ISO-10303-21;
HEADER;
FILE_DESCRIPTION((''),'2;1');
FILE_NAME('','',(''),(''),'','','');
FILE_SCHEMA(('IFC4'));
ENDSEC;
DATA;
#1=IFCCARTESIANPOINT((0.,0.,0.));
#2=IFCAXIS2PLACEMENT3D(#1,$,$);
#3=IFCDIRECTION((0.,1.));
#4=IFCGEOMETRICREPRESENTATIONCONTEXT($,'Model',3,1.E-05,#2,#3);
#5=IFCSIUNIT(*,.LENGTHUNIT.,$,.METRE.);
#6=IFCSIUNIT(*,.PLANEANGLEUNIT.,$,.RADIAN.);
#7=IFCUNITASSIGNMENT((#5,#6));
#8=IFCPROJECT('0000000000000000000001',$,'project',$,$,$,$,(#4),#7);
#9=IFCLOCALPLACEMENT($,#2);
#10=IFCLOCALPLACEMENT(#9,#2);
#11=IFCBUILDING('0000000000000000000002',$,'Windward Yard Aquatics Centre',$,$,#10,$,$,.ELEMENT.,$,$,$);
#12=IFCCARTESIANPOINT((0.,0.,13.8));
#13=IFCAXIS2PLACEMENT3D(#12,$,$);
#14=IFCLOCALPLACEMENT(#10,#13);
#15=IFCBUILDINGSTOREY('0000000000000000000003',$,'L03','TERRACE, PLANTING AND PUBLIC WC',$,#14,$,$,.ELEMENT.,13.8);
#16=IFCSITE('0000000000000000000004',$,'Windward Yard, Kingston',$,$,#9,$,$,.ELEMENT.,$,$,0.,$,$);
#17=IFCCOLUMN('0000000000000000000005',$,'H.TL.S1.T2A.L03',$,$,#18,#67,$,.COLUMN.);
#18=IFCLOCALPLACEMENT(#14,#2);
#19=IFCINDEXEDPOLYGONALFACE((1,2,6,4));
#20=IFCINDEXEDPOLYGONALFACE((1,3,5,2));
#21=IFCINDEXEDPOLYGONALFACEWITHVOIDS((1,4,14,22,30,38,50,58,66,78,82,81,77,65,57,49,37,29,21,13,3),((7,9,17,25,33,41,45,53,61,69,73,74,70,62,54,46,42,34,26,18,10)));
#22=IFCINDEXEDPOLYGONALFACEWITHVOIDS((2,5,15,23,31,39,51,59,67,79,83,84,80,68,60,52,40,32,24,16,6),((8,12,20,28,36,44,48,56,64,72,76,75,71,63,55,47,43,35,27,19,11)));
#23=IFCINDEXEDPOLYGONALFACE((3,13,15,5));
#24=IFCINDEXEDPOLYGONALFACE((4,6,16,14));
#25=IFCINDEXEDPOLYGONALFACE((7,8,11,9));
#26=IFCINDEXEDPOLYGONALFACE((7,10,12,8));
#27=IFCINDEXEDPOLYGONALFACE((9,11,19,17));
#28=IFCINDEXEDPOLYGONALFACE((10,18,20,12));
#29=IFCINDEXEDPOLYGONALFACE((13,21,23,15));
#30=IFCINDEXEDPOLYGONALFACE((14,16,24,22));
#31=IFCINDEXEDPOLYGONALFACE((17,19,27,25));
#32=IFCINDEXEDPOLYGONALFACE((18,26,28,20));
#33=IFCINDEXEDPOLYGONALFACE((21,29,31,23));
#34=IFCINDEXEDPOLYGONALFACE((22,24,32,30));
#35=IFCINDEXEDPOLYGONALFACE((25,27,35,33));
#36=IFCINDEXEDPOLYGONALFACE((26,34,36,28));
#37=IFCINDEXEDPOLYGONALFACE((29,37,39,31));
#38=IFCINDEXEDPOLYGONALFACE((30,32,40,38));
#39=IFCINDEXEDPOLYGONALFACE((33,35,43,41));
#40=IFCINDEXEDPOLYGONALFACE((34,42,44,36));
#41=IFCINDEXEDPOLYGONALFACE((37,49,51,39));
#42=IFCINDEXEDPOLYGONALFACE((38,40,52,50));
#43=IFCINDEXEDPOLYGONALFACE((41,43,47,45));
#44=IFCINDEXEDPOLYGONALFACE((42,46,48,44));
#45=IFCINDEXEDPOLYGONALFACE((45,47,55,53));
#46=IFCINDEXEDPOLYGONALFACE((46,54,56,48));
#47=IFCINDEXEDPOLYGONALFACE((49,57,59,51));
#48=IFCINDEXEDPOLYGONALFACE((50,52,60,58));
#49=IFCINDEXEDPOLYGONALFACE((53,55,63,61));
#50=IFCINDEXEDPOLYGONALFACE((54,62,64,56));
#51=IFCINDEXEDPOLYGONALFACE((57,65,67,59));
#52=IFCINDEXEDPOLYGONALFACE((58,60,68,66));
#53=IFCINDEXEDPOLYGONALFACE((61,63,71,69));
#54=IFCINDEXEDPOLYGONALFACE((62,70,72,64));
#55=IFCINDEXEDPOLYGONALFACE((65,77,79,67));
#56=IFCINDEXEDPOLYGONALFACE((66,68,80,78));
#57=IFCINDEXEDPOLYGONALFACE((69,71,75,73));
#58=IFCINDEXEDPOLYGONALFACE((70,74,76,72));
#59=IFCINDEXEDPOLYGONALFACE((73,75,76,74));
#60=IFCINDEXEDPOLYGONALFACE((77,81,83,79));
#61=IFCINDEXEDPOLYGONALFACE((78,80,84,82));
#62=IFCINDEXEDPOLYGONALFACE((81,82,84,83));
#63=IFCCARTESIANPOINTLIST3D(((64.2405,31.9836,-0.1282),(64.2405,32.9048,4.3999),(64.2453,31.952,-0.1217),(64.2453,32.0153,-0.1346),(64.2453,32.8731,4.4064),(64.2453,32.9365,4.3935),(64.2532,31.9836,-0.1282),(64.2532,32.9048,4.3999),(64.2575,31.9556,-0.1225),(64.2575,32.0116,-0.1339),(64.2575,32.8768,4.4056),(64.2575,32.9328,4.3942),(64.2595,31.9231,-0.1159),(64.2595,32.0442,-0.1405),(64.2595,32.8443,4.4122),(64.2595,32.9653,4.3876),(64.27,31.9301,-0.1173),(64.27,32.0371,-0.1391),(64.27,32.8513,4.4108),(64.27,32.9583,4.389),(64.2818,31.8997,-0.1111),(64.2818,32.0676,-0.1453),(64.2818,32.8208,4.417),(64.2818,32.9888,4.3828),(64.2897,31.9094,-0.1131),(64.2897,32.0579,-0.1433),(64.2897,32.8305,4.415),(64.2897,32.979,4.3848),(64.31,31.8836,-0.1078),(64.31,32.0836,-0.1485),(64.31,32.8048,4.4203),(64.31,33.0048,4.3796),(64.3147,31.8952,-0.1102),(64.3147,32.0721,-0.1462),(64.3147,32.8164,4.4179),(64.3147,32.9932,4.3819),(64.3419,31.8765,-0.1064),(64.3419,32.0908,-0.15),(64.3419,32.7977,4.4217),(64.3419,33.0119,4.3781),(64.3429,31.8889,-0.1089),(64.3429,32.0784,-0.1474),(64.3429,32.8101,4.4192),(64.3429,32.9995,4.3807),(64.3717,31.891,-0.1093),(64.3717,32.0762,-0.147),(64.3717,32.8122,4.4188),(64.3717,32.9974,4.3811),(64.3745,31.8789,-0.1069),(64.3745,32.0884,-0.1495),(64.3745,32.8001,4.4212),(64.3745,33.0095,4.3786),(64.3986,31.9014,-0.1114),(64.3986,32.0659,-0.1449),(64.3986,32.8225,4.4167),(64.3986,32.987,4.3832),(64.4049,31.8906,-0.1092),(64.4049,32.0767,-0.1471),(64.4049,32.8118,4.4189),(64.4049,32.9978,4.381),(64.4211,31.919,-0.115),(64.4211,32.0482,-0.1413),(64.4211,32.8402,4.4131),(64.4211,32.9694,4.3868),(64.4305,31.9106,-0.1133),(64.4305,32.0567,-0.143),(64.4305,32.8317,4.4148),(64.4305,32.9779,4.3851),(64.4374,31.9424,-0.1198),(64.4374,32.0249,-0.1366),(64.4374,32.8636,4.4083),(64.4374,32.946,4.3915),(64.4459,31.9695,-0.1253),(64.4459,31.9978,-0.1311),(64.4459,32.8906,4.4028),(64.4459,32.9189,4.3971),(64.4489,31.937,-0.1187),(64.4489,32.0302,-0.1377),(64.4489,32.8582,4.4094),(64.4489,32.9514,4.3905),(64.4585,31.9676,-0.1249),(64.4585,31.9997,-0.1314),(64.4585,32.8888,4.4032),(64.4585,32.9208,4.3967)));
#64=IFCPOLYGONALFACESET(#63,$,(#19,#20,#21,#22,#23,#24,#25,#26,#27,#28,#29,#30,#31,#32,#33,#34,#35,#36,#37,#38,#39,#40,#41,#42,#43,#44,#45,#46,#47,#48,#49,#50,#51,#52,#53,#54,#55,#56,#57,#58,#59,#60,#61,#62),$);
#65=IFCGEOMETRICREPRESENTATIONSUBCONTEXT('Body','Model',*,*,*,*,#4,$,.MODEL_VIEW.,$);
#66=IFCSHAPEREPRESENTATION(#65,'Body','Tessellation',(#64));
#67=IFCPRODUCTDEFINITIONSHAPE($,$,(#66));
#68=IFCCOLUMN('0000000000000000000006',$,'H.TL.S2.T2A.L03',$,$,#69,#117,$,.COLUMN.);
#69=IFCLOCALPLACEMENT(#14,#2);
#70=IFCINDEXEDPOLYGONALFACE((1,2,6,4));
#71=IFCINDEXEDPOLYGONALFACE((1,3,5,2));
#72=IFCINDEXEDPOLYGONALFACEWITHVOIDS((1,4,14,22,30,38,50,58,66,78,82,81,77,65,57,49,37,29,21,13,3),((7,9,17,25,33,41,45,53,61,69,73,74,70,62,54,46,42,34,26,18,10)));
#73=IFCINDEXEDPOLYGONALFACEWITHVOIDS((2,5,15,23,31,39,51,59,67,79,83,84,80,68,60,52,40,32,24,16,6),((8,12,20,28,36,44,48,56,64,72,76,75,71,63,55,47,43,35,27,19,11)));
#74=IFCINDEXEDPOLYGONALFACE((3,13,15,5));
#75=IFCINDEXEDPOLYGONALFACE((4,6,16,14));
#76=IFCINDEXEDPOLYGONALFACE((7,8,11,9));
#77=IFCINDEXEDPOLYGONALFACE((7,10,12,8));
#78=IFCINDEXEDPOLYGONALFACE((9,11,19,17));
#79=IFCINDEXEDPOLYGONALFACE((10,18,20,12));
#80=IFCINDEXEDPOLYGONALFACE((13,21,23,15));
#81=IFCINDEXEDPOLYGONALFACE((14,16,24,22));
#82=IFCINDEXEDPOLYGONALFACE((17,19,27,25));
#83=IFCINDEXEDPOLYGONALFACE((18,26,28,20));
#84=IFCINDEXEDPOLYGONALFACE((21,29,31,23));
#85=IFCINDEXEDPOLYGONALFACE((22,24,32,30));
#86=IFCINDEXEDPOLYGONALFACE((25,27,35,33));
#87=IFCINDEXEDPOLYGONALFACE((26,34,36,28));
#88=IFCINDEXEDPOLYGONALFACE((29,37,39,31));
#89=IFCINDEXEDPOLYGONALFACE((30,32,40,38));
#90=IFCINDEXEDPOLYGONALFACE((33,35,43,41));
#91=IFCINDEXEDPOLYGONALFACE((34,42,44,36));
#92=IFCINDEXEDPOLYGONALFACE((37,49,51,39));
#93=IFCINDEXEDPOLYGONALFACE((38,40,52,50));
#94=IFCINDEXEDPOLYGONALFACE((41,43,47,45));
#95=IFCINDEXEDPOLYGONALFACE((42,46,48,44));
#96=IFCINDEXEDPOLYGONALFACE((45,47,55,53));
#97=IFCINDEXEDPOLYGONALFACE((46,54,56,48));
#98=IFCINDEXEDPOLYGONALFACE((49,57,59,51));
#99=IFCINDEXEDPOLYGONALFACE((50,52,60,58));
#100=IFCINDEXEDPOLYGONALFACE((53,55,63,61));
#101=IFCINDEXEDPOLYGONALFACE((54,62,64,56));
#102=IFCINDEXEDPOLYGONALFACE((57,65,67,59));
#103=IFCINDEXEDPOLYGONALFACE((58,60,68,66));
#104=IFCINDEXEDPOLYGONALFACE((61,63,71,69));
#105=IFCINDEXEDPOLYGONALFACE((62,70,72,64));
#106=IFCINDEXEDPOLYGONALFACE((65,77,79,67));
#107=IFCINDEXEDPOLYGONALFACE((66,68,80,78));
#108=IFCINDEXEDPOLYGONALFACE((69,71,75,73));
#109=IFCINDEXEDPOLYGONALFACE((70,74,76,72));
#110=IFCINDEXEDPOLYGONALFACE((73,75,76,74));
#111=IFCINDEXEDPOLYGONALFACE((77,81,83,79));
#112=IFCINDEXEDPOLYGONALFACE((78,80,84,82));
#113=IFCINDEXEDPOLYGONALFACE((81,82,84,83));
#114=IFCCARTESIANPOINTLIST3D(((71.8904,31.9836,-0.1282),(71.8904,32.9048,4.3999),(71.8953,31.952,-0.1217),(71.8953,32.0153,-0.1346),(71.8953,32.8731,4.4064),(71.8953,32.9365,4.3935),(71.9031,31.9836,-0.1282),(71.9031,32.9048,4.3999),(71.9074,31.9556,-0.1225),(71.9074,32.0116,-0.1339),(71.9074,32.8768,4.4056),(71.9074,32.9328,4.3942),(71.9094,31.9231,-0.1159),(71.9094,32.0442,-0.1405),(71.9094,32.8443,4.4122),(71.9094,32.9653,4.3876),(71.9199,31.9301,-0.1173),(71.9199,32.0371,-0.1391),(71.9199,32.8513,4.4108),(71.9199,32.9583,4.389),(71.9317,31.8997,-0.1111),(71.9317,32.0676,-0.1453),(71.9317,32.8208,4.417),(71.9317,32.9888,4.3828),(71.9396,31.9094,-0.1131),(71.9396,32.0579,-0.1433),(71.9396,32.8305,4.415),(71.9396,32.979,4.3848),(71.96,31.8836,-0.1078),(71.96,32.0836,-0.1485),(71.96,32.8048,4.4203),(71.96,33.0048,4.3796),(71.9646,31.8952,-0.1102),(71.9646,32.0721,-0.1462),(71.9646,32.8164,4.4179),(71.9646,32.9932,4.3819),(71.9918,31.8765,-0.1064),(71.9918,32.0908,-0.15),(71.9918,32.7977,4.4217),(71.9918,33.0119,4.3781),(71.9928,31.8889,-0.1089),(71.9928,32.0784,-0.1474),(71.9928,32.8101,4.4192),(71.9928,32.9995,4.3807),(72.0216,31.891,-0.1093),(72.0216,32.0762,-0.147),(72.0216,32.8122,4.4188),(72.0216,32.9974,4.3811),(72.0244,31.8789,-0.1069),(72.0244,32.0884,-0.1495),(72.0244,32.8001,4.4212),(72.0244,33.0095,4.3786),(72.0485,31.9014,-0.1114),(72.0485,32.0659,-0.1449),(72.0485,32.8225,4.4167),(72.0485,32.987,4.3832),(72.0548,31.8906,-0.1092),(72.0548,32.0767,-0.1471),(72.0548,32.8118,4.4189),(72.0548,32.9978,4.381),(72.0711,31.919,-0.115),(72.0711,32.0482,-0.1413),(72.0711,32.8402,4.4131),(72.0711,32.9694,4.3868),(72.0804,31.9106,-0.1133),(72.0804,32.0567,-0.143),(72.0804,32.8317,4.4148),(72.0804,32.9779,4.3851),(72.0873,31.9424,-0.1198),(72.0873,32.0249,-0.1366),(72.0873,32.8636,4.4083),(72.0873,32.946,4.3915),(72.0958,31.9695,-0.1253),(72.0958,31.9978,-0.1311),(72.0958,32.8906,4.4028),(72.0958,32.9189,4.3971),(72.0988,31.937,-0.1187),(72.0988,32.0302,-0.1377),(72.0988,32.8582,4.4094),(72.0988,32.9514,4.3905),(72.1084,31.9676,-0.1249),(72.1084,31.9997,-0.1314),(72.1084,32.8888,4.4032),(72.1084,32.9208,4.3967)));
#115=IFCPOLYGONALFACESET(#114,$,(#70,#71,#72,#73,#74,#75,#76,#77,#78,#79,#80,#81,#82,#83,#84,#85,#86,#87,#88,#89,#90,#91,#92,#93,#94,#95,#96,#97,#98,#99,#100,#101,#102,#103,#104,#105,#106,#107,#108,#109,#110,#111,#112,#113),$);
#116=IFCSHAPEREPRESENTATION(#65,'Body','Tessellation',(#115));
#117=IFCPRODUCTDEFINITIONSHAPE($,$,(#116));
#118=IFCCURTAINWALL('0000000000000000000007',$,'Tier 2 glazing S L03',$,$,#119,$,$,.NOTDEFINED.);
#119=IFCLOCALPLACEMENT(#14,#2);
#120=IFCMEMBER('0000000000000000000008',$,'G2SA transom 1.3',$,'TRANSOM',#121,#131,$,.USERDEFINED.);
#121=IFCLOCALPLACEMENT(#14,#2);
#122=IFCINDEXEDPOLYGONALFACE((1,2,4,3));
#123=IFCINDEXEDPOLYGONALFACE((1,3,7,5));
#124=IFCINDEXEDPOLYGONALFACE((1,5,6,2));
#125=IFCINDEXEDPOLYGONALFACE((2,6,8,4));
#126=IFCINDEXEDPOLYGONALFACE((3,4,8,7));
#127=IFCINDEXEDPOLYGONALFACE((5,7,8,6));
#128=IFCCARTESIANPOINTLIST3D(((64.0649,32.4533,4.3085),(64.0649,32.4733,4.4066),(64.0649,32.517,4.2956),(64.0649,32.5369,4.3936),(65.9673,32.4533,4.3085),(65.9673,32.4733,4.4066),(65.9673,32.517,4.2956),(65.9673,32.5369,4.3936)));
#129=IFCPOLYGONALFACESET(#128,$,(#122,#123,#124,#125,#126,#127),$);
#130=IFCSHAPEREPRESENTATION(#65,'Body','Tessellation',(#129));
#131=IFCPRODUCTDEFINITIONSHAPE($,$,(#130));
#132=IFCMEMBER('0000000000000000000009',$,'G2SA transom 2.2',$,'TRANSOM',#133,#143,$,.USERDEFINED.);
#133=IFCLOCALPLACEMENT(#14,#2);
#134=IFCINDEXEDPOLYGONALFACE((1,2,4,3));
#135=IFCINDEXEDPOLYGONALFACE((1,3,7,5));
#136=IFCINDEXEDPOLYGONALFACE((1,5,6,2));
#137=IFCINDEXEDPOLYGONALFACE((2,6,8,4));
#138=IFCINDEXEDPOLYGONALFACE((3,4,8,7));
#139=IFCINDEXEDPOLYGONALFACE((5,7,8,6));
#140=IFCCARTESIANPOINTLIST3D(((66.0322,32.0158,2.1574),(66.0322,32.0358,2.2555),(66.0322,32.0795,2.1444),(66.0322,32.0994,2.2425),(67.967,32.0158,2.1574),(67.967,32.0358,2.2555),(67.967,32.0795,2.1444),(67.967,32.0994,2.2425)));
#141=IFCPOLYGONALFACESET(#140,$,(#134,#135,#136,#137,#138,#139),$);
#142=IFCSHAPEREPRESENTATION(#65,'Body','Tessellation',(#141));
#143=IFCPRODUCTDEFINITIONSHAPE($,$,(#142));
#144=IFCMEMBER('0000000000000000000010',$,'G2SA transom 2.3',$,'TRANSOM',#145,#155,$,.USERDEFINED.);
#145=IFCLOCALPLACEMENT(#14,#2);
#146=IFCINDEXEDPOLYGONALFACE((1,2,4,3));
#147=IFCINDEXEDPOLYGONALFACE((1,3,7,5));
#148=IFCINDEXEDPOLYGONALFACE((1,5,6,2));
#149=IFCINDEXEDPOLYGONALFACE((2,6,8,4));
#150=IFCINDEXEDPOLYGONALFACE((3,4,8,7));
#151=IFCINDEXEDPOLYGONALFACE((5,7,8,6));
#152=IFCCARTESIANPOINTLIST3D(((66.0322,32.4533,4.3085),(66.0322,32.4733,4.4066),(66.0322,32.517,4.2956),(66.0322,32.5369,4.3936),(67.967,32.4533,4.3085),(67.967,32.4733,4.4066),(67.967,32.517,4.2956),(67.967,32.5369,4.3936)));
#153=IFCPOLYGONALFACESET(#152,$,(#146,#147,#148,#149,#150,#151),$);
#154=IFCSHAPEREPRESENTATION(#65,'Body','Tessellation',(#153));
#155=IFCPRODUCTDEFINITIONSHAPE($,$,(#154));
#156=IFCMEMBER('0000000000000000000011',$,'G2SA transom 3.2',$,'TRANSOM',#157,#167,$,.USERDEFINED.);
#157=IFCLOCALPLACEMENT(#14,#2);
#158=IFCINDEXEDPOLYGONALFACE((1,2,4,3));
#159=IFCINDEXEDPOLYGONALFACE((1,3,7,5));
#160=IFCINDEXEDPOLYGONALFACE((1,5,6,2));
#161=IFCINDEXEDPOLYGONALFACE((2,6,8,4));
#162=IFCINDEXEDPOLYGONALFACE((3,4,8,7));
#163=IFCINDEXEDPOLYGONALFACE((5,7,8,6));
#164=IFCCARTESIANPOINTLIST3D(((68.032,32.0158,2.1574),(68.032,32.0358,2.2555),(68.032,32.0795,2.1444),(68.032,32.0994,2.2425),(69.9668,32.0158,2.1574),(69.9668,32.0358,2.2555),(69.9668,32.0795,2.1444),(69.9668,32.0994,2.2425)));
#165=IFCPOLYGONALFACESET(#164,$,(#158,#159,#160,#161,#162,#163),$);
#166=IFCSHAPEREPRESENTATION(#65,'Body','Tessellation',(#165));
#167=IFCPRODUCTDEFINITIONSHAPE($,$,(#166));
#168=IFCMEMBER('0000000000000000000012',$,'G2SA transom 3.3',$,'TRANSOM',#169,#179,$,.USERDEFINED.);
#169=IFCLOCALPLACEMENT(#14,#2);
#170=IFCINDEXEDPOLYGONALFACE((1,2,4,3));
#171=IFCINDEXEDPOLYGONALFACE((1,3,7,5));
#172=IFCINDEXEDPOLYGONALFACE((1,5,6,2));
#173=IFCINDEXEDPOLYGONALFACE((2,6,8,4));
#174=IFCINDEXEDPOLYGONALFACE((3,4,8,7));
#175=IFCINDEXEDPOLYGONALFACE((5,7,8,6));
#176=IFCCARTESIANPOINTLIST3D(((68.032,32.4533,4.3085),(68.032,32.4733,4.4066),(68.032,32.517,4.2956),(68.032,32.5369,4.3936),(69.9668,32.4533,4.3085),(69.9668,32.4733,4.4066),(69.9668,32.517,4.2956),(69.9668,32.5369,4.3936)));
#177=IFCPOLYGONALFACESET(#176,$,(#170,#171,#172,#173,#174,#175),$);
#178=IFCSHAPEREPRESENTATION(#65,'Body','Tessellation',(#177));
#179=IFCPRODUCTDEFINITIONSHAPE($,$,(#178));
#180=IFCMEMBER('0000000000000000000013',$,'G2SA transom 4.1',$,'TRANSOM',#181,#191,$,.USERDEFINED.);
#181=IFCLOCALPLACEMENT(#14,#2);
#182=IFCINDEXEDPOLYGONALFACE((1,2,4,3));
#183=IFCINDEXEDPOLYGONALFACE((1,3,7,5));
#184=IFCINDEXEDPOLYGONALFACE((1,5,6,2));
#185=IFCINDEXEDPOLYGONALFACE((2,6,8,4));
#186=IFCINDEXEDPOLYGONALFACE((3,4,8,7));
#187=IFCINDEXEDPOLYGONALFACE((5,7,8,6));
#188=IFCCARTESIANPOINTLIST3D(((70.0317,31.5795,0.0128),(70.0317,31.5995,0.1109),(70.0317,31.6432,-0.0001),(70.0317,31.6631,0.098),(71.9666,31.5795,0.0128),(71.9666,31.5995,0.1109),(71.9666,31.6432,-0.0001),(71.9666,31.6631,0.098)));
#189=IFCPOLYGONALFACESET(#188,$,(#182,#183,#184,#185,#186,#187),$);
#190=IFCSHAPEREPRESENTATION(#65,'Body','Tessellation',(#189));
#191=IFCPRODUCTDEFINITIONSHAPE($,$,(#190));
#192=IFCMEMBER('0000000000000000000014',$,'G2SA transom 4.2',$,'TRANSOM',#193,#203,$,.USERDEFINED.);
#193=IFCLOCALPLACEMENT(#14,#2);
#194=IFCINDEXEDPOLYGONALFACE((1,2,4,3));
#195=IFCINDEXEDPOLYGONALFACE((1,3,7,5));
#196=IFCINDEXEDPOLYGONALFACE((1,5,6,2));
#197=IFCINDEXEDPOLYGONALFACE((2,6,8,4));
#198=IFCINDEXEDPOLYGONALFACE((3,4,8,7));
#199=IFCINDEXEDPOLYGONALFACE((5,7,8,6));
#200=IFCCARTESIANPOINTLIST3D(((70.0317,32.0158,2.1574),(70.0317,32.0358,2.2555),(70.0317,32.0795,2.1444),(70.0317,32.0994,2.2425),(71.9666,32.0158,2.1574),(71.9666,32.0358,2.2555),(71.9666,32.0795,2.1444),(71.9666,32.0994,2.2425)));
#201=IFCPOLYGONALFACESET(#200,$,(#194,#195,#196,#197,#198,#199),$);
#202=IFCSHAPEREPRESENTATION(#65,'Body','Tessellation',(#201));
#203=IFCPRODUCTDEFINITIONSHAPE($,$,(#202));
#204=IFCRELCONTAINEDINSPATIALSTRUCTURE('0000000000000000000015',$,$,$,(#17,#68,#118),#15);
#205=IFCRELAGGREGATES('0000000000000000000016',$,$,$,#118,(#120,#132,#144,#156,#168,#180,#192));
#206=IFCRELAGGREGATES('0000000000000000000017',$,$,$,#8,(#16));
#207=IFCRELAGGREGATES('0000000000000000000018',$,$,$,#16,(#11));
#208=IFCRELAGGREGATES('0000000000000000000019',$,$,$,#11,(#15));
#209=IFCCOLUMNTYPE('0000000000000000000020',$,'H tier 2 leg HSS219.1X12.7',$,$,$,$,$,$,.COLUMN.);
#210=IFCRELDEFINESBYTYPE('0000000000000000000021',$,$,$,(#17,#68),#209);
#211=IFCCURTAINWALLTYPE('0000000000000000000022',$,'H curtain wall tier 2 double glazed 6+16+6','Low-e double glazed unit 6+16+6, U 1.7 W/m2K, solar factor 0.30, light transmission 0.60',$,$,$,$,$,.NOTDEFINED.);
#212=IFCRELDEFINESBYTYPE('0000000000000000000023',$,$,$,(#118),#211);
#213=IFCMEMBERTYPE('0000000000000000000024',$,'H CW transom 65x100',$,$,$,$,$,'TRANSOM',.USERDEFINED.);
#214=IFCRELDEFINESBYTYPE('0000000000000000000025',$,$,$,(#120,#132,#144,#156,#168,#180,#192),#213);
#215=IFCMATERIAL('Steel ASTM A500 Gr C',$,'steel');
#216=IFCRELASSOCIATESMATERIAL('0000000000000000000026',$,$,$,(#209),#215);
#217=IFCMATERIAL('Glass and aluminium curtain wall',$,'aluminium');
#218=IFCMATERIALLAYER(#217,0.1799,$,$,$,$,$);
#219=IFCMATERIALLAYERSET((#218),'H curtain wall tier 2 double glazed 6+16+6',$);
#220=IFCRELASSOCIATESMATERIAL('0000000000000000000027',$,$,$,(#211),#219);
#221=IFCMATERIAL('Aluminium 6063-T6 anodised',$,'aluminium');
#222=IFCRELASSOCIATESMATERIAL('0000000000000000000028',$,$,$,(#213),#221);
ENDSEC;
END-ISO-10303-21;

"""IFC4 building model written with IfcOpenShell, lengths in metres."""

from ifc_helpers import new_model, si_unit, direction, frame, origin, origin_2d, place, context, subcontext, project, spatial, rectangle, hollow_circle, extrude, material, layer, layer_set, material_profile, profile_set, type_object, element, aggregate, save


model = new_model("IFC4")

# Units and contexts
model_context = context("Model", 3, precision=1e-05, world=origin(), true_north=direction((0.0, 1.0)))
body_context = subcontext(model_context, "Body", "Model", "MODEL_VIEW")
ifc_project = project(units=[si_unit("LENGTHUNIT", "METRE"), si_unit("PLANEANGLEUNIT", "RADIAN")], contexts=[model_context])

# Site, building, storey
site_placement = place(None, origin())
site = spatial("IfcSite", under=ifc_project, at=site_placement, Name="Windward Yard, Kingston", CompositionType="ELEMENT", RefElevation=0.0)
building_placement = place(site_placement, origin())
building = spatial("IfcBuilding", under=site, at=building_placement, Name="Windward Yard Aquatics Centre", CompositionType="ELEMENT")
storey_placement = place(building_placement, frame((0.0, 0.0, 13.8)))
storey = spatial("IfcBuildingStorey", under=building, at=storey_placement, Name="L03", Description="TERRACE, PLANTING AND PUBLIC WC", CompositionType="ELEMENT", Elevation=13.8)

# Columns
ifc_material_1 = material(Name="Steel ASTM A500 Gr C", Category="steel")
ifc_material_profile_1 = material_profile(ifc_material_1, hollow_circle(Radius=0.1096, WallThickness=0.0127, at=origin_2d()), Name="HSS219.1X12.7")
ifc_profile_set_1 = profile_set([ifc_material_profile_1], Name="Steel ASTM A500 Gr C")
column_type = type_object("IfcColumnType", Name="H tier 2 leg HSS219.1X12.7", PredefinedType="COLUMN", material=ifc_profile_set_1)
for number, where, z_axis, x_axis, name in (
    (1, (64.3501, 31.9836, -0.1282), (0.0, 0.199346, 0.979929), (-1.0, 0.0, 0.0), "H.TL.S1.T2A.L03"),
    (2, (72.0, 31.9836, -0.1282), (0.0, 0.199346, 0.979929), (-1.0, 0.0, 0.0), "H.TL.S2.T2A.L03"),
):
    element("IfcColumn", number, at=place(storey_placement, frame(where, z_axis=z_axis, x_axis=x_axis)), inside=storey, type_object=column_type, Name=name, PredefinedType="COLUMN", context=body_context, shape_type="SweptSolid", body=[
        extrude(hollow_circle(Radius=0.1096, WallThickness=0.0127, at=origin_2d()), origin(), (0.0, 0.0, 1.0), 4.6208),
    ])

# Curtain wall, members
ifc_material_2 = material(Name="Glass and aluminium curtain wall", Category="aluminium")
ifc_layer_1 = layer(ifc_material_2, 0.1799)
ifc_layer_set_1 = layer_set([ifc_layer_1], Name="H curtain wall tier 2 double glazed 6+16+6")
curtain_wall_type = type_object("IfcCurtainWallType", Name="H curtain wall tier 2 double glazed 6+16+6", Description="Low-e double glazed unit 6+16+6, U 1.7 W/m2K, solar factor 0.30, light transmission 0.60", PredefinedType="NOTDEFINED", material=ifc_layer_set_1)
curtain_wall_placement = place(storey_placement, origin())
curtain_wall = element("IfcCurtainWall", 3, at=curtain_wall_placement, inside=storey, type_object=curtain_wall_type, Name="Tier 2 glazing S L03", PredefinedType="NOTDEFINED")
ifc_material_3 = material(Name="Aluminium 6063-T6 anodised", Category="aluminium")
ifc_material_profile_2 = material_profile(ifc_material_3, rectangle(XDim=0.0649, YDim=0.1001, at=origin_2d()), Name="H CW transom 65x100")
ifc_profile_set_2 = profile_set([ifc_material_profile_2], Name="Aluminium 6063-T6 anodised")
member_type = type_object("IfcMemberType", Name="H CW transom 65x100", ElementType="TRANSOM", PredefinedType="USERDEFINED", material=ifc_profile_set_2)
member_1_placement = place(storey_placement, frame((64.0649, 32.4951, 4.3511), z_axis=(1.0, 0.0, 0.0), x_axis=(0.0, -0.979925, 0.199368)))
member_1 = element("IfcMember", 4, at=member_1_placement, type_object=member_type, Name="G2SA transom 1.3", ObjectType="TRANSOM", PredefinedType="USERDEFINED", context=body_context, shape_type="SweptSolid", body=[
    extrude(rectangle(XDim=0.0649, YDim=0.1001, at=origin_2d()), origin(), (0.0, 0.0, 1.0), 1.9023),
])
member_2_placement = place(storey_placement, frame((66.0322, 32.0576, 2.2), z_axis=(1.0, 0.0, 0.0), x_axis=(0.0, -0.979925, 0.199368)))
member_2 = element("IfcMember", 5, at=member_2_placement, type_object=member_type, Name="G2SA transom 2.2", ObjectType="TRANSOM", PredefinedType="USERDEFINED", context=body_context, shape_type="SweptSolid", body=[
    extrude(rectangle(XDim=0.0649, YDim=0.1001, at=origin_2d()), origin(), (0.0, 0.0, 1.0), 1.9348),
])
member_3_placement = place(storey_placement, frame((66.0322, 32.4951, 4.3511), z_axis=(1.0, 0.0, 0.0), x_axis=(0.0, -0.979925, 0.199368)))
member_3 = element("IfcMember", 6, at=member_3_placement, type_object=member_type, Name="G2SA transom 2.3", ObjectType="TRANSOM", PredefinedType="USERDEFINED", context=body_context, shape_type="SweptSolid", body=[
    extrude(rectangle(XDim=0.0649, YDim=0.1001, at=origin_2d()), origin(), (0.0, 0.0, 1.0), 1.9348),
])
member_4_placement = place(storey_placement, frame((68.032, 32.0576, 2.2), z_axis=(1.0, 0.0, 0.0), x_axis=(0.0, -0.979925, 0.199368)))
member_4 = element("IfcMember", 7, at=member_4_placement, type_object=member_type, Name="G2SA transom 3.2", ObjectType="TRANSOM", PredefinedType="USERDEFINED", context=body_context, shape_type="SweptSolid", body=[
    extrude(rectangle(XDim=0.0649, YDim=0.1001, at=origin_2d()), origin(), (0.0, 0.0, 1.0), 1.9348),
])
member_5_placement = place(storey_placement, frame((68.032, 32.4951, 4.3511), z_axis=(1.0, 0.0, 0.0), x_axis=(0.0, -0.979925, 0.199368)))
member_5 = element("IfcMember", 8, at=member_5_placement, type_object=member_type, Name="G2SA transom 3.3", ObjectType="TRANSOM", PredefinedType="USERDEFINED", context=body_context, shape_type="SweptSolid", body=[
    extrude(rectangle(XDim=0.0649, YDim=0.1001, at=origin_2d()), origin(), (0.0, 0.0, 1.0), 1.9348),
])
member_6_placement = place(storey_placement, frame((70.0317, 31.6213, 0.0554), z_axis=(1.0, 0.0, 0.0), x_axis=(0.0, -0.979925, 0.199368)))
member_6 = element("IfcMember", 9, at=member_6_placement, type_object=member_type, Name="G2SA transom 4.1", ObjectType="TRANSOM", PredefinedType="USERDEFINED", context=body_context, shape_type="SweptSolid", body=[
    extrude(rectangle(XDim=0.0649, YDim=0.1001, at=origin_2d()), origin(), (0.0, 0.0, 1.0), 1.9348),
])
member_7_placement = place(storey_placement, frame((70.0317, 32.0576, 2.2), z_axis=(1.0, 0.0, 0.0), x_axis=(0.0, -0.979925, 0.199368)))
member_7 = element("IfcMember", 10, at=member_7_placement, type_object=member_type, Name="G2SA transom 4.2", ObjectType="TRANSOM", PredefinedType="USERDEFINED", context=body_context, shape_type="SweptSolid", body=[
    extrude(rectangle(XDim=0.0649, YDim=0.1001, at=origin_2d()), origin(), (0.0, 0.0, 1.0), 1.9348),
])

aggregate(curtain_wall, [member_1, member_2, member_3, member_4, member_5, member_6, member_7])

save(model, "model.ifc")
